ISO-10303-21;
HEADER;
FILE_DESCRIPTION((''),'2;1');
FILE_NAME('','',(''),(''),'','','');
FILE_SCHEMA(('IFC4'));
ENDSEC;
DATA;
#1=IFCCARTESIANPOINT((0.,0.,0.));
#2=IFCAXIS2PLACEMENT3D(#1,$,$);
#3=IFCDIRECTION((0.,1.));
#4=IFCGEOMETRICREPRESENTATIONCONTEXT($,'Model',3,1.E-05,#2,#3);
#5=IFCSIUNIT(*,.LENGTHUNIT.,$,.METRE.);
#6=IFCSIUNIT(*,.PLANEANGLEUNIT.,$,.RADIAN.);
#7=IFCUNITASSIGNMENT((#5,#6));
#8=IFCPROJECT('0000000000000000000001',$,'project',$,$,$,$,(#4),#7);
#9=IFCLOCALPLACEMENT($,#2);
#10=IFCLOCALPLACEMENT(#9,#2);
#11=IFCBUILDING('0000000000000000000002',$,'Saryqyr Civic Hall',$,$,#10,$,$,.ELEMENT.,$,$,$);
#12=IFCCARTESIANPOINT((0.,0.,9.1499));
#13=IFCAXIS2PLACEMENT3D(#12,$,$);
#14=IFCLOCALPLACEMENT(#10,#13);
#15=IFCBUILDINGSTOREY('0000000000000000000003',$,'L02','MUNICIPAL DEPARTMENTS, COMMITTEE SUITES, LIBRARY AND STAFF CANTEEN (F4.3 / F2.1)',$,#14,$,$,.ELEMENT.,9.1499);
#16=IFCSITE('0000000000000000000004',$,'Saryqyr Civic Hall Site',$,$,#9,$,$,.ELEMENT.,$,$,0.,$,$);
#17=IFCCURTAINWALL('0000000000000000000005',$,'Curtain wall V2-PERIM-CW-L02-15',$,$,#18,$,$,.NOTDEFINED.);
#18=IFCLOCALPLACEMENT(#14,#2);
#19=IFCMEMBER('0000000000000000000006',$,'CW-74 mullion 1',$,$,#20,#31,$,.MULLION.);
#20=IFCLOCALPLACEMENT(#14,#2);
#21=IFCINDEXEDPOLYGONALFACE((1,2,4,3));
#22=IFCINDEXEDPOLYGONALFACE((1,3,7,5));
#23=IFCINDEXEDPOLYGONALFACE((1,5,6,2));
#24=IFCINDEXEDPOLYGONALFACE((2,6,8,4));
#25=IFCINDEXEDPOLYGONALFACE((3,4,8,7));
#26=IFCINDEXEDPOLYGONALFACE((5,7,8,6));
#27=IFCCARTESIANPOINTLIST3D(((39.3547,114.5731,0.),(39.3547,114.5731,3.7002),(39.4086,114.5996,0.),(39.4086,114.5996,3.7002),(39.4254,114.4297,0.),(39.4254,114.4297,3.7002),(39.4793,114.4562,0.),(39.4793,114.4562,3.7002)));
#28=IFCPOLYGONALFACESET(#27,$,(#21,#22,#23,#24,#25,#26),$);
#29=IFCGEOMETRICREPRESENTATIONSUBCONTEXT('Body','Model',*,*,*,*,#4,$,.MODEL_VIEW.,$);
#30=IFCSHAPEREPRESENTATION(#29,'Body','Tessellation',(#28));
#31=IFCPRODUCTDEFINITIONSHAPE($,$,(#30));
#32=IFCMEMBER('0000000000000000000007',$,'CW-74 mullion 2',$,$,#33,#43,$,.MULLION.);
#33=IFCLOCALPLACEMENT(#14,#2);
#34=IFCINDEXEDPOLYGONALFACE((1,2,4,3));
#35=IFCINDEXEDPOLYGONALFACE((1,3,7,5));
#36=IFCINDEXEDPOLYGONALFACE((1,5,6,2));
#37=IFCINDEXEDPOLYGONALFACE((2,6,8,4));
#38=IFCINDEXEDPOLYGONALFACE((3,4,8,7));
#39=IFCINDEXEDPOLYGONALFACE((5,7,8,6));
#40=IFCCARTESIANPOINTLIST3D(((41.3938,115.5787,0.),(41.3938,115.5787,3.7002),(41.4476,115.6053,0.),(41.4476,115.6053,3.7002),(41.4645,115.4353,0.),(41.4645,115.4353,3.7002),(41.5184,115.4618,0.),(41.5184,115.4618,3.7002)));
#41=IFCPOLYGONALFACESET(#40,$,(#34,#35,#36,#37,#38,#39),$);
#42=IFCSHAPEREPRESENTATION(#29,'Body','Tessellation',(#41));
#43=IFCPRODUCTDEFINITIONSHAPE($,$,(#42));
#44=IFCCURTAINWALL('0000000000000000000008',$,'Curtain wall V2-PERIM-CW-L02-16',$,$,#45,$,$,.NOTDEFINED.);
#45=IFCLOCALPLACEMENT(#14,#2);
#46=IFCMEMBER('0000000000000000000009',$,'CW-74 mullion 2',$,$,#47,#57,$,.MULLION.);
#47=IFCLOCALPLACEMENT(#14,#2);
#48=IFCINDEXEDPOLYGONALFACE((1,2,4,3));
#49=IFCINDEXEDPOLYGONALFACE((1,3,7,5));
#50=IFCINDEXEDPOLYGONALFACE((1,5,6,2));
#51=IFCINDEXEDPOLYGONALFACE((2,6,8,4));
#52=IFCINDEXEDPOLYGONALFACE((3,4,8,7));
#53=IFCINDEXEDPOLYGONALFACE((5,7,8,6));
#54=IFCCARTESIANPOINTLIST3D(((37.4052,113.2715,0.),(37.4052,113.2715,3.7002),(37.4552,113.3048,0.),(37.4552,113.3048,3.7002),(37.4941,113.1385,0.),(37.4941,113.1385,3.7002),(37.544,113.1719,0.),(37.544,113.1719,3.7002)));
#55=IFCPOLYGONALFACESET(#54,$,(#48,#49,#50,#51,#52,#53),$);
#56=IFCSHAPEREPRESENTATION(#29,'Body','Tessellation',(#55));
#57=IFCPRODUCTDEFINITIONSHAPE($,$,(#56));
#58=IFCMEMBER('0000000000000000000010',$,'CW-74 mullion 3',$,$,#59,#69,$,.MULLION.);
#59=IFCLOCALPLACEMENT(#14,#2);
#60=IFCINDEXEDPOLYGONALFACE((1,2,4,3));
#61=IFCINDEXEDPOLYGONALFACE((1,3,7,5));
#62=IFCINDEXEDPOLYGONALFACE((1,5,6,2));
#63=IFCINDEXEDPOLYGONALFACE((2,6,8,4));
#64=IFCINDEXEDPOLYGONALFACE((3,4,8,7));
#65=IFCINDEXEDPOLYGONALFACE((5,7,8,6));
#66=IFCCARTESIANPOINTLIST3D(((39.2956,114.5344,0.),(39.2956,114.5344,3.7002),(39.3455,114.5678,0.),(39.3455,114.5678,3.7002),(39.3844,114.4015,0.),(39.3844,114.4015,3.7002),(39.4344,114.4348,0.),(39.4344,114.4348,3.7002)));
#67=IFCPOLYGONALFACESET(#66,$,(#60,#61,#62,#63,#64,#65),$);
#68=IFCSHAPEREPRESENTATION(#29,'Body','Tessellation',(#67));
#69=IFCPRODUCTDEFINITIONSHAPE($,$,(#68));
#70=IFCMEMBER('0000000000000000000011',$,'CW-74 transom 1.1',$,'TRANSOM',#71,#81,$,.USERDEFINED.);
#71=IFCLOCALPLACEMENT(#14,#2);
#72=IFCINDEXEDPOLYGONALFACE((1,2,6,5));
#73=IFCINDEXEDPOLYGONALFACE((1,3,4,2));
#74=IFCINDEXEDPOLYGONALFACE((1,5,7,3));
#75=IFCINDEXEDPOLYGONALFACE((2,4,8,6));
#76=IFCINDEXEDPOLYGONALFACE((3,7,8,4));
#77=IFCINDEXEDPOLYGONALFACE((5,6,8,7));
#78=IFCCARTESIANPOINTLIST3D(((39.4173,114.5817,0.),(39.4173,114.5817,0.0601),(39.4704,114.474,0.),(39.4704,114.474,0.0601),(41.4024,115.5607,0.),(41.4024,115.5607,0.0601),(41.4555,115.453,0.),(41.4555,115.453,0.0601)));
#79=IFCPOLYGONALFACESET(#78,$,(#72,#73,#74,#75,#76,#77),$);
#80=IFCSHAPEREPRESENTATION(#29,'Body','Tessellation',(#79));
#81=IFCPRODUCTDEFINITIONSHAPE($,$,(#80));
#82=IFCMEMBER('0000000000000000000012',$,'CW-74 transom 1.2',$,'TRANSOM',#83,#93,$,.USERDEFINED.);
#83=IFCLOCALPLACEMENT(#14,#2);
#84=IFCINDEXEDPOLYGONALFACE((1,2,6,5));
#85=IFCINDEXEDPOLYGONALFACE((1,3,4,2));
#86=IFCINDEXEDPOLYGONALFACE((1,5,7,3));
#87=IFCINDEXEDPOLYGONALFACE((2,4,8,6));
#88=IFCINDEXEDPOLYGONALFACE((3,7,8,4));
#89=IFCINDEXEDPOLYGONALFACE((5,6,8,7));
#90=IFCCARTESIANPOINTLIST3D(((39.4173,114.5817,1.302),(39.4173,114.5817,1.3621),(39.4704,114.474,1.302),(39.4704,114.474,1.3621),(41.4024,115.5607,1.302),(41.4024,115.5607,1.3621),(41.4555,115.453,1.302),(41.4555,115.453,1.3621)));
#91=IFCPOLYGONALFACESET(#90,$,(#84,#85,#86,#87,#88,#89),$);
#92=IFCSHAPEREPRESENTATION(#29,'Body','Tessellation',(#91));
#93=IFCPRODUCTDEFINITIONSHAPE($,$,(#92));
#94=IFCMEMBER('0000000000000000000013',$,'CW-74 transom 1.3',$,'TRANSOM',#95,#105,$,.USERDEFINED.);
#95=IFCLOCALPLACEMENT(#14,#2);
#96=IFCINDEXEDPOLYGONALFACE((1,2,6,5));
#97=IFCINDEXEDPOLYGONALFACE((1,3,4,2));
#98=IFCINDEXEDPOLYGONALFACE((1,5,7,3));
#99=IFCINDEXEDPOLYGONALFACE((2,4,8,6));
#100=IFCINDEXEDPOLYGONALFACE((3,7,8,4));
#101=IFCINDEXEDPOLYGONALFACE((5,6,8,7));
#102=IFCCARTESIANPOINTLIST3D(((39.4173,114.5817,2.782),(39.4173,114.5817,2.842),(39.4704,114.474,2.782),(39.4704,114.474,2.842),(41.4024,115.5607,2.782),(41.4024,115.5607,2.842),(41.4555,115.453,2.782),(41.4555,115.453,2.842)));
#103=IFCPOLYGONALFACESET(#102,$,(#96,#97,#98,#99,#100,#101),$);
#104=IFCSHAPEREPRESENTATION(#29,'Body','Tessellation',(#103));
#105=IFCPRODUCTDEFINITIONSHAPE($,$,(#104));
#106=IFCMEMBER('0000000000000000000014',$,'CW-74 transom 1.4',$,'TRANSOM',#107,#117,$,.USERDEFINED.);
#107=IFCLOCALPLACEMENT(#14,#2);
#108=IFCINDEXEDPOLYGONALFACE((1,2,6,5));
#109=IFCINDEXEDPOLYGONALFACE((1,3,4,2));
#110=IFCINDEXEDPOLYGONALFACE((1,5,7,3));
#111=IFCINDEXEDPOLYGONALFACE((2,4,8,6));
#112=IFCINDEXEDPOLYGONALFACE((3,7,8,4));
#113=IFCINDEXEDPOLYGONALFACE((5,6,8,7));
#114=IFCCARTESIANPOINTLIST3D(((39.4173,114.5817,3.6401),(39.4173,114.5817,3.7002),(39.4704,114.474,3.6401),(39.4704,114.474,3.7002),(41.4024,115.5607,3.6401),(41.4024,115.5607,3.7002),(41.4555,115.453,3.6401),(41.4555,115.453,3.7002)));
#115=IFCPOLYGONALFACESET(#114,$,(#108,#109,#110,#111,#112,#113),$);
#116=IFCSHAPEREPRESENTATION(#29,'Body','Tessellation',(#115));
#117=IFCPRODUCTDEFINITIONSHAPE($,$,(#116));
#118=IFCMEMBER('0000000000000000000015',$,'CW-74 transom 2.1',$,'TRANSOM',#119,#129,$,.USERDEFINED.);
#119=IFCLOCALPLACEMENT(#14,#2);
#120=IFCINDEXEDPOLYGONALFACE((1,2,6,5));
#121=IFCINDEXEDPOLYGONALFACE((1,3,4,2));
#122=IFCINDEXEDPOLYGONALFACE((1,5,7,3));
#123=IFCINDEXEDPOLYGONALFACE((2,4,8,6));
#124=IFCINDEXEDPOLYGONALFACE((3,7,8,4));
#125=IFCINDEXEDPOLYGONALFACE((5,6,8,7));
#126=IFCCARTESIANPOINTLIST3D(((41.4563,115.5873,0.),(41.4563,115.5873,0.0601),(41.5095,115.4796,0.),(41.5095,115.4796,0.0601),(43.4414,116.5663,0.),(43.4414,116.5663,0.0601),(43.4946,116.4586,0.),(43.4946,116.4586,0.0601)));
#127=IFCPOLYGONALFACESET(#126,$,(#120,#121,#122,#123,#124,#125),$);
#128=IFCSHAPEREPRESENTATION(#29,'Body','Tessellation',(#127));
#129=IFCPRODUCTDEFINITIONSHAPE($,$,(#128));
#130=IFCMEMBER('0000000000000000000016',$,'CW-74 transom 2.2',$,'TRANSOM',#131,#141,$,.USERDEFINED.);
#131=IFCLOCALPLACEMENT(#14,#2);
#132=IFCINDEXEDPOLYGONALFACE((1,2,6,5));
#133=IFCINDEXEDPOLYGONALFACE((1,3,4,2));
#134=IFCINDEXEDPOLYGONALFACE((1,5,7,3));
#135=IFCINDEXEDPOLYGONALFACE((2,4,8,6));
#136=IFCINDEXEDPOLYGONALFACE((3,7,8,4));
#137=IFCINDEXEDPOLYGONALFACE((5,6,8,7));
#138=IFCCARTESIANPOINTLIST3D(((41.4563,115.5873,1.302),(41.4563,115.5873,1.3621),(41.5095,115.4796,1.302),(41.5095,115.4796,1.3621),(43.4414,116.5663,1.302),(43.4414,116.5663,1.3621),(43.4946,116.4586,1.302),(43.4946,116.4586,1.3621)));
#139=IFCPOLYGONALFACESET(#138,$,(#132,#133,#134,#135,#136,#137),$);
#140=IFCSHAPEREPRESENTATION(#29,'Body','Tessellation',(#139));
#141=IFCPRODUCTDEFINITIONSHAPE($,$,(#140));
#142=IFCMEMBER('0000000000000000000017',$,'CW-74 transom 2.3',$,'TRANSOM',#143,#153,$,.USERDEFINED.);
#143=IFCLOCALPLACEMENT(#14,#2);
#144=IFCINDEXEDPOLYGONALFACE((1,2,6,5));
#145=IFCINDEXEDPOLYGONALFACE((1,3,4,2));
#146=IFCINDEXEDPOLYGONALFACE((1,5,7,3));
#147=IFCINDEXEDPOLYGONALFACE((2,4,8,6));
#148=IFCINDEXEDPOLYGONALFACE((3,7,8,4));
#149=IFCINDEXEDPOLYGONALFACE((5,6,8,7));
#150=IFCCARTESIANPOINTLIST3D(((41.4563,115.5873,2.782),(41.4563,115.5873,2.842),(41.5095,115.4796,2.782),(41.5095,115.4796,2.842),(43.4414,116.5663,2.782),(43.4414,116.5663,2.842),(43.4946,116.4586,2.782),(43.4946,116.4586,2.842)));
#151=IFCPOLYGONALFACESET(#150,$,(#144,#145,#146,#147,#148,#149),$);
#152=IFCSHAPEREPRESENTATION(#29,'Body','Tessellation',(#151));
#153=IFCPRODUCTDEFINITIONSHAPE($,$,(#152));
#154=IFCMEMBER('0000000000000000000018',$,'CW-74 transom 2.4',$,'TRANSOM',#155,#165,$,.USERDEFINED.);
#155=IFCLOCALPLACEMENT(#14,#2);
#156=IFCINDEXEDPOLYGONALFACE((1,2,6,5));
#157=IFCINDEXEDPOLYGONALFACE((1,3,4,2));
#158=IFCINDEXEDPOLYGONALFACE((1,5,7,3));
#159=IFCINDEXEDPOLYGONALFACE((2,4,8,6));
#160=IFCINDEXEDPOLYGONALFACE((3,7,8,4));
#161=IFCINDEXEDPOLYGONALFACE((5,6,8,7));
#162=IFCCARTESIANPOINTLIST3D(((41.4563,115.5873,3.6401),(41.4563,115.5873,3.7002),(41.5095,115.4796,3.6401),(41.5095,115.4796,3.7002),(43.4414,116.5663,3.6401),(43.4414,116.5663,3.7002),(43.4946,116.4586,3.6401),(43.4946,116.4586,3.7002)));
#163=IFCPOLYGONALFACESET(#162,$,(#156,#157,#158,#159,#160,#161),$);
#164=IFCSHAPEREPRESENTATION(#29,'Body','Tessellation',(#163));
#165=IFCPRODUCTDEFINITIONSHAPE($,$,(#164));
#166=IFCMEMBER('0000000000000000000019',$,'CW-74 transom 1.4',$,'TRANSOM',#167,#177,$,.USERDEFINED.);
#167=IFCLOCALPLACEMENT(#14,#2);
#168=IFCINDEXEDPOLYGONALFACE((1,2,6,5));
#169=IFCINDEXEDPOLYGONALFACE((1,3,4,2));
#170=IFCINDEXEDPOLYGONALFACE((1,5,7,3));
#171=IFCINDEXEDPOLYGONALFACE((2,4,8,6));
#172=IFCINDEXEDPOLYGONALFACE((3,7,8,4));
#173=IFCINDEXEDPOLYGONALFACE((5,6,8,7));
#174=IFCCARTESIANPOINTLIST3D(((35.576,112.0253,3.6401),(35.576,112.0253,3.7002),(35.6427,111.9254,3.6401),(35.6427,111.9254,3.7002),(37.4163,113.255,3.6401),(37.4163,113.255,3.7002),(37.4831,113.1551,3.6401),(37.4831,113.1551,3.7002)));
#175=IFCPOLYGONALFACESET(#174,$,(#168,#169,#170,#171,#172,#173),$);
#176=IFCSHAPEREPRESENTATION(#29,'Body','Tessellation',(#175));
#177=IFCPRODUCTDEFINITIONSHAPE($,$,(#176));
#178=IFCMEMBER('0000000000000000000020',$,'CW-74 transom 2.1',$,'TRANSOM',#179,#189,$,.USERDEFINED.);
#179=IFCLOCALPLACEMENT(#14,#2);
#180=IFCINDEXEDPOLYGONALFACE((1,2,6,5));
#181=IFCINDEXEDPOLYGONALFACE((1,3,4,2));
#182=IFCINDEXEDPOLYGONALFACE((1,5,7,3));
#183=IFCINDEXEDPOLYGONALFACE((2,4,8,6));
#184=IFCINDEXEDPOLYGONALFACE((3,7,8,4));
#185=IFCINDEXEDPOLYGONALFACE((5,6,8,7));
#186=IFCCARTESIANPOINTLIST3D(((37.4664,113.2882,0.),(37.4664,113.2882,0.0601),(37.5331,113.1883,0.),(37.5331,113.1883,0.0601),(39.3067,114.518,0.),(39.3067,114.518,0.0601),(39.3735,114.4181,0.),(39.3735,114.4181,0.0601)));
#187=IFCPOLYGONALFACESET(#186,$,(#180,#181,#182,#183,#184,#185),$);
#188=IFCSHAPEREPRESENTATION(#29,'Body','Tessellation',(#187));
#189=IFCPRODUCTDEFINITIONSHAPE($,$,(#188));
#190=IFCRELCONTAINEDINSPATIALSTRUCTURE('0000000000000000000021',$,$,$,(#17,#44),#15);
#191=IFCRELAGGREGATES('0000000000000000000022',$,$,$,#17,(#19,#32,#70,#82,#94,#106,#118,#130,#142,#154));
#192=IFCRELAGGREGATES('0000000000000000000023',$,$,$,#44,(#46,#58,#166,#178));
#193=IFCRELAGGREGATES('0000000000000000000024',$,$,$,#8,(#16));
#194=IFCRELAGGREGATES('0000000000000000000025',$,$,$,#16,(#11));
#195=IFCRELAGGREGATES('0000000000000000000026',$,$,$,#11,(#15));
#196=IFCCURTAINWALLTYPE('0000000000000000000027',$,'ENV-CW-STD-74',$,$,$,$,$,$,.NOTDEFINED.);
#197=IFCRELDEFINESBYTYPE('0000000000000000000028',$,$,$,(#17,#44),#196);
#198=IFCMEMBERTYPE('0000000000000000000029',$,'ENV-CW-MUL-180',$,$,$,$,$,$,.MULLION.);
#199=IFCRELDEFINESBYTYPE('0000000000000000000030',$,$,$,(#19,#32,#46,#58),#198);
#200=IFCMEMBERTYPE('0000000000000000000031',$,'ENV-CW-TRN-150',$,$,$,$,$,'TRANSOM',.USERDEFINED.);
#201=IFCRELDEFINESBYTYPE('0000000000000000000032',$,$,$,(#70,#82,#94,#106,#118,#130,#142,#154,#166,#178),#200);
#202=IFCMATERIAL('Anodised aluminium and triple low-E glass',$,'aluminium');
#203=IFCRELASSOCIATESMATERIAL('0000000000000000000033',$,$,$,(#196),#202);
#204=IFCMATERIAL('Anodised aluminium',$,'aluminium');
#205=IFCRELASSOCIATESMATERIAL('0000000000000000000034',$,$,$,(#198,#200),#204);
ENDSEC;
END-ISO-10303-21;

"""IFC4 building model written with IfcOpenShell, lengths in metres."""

from ifc_helpers import new_model, si_unit, direction, frame, origin, origin_2d, place, context, subcontext, project, spatial, rectangle, extrude, material, material_profile, profile_set, type_object, element, aggregate, save


model = new_model("IFC4")

# Units and contexts
model_context = context("Model", 3, precision=1e-05, world=origin(), true_north=direction((0.0, 1.0)))
body_context = subcontext(model_context, "Body", "Model", "MODEL_VIEW")
ifc_project = project(units=[si_unit("LENGTHUNIT", "METRE"), si_unit("PLANEANGLEUNIT", "RADIAN")], contexts=[model_context])

# Site, building, storey
site_placement = place(None, origin())
site = spatial("IfcSite", under=ifc_project, at=site_placement, Name="Saryqyr Civic Hall Site", CompositionType="ELEMENT", RefElevation=0.0)
building_placement = place(site_placement, origin())
building = spatial("IfcBuilding", under=site, at=building_placement, Name="Saryqyr Civic Hall", CompositionType="ELEMENT")
storey_placement = place(building_placement, frame((0.0, 0.0, 9.1499)))
storey = spatial("IfcBuildingStorey", under=building, at=storey_placement, Name="L02", Description="MUNICIPAL DEPARTMENTS, COMMITTEE SUITES, LIBRARY AND STAFF CANTEEN (F4.3 / F2.1)", CompositionType="ELEMENT", Elevation=9.1499)

# Curtain walls, members
ifc_material_1 = material(Name="Anodised aluminium and triple low-E glass", Category="aluminium")
curtain_wall_type = type_object("IfcCurtainWallType", Name="ENV-CW-STD-74", PredefinedType="NOTDEFINED", material=ifc_material_1)
curtain_wall_1_placement = place(storey_placement, origin())
curtain_wall_1 = element("IfcCurtainWall", 1, at=curtain_wall_1_placement, inside=storey, type_object=curtain_wall_type, Name="Curtain wall V2-PERIM-CW-L02-15", PredefinedType="NOTDEFINED")
ifc_material_2 = material(Name="Anodised aluminium", Category="aluminium")
ifc_material_profile_1 = material_profile(ifc_material_2, rectangle(XDim=0.0601, YDim=0.1599, at=origin_2d()), Name="ALU MULLION 60x160")
ifc_profile_set_1 = profile_set([ifc_material_profile_1], Name="Anodised aluminium")
member_type_1 = type_object("IfcMemberType", Name="ENV-CW-MUL-180", PredefinedType="MULLION", material=ifc_profile_set_1)
member_1_placement = place(storey_placement, frame((39.417, 114.5146, 0.0), z_axis=(0.0, 0.0, 1.0), x_axis=(0.896875, 0.442284, 0.0)))
member_1 = element("IfcMember", 2, at=member_1_placement, type_object=member_type_1, Name="CW-74 mullion 1", PredefinedType="MULLION", context=body_context, shape_type="SweptSolid", body=[
    extrude(rectangle(XDim=0.0601, YDim=0.1599, at=origin_2d()), origin(), (0.0, 0.0, 1.0), 3.7002),
])
member_2_placement = place(storey_placement, frame((41.4561, 115.5203, 0.0), z_axis=(0.0, 0.0, 1.0), x_axis=(0.896875, 0.442284, 0.0)))
member_2 = element("IfcMember", 3, at=member_2_placement, type_object=member_type_1, Name="CW-74 mullion 2", PredefinedType="MULLION", context=body_context, shape_type="SweptSolid", body=[
    extrude(rectangle(XDim=0.0601, YDim=0.1599, at=origin_2d()), origin(), (0.0, 0.0, 1.0), 3.7002),
])
curtain_wall_2_placement = place(storey_placement, origin())
curtain_wall_2 = element("IfcCurtainWall", 4, at=curtain_wall_2_placement, inside=storey, type_object=curtain_wall_type, Name="Curtain wall V2-PERIM-CW-L02-16", PredefinedType="NOTDEFINED")
member_3_placement = place(storey_placement, frame((37.4746, 113.2217, 0.0), z_axis=(0.0, 0.0, 1.0), x_axis=(0.831472, 0.555566, 0.0)))
member_3 = element("IfcMember", 5, at=member_3_placement, type_object=member_type_1, Name="CW-74 mullion 2", PredefinedType="MULLION", context=body_context, shape_type="SweptSolid", body=[
    extrude(rectangle(XDim=0.0601, YDim=0.1599, at=origin_2d()), origin(), (0.0, 0.0, 1.0), 3.7002),
])
member_4_placement = place(storey_placement, frame((39.365, 114.4846, 0.0), z_axis=(0.0, 0.0, 1.0), x_axis=(0.831472, 0.555566, 0.0)))
member_4 = element("IfcMember", 6, at=member_4_placement, type_object=member_type_1, Name="CW-74 mullion 3", PredefinedType="MULLION", context=body_context, shape_type="SweptSolid", body=[
    extrude(rectangle(XDim=0.0601, YDim=0.1599, at=origin_2d()), origin(), (0.0, 0.0, 1.0), 3.7002),
])

# Members
ifc_material_profile_2 = material_profile(ifc_material_2, rectangle(XDim=0.1201, YDim=0.0601, at=origin_2d()), Name="ALU TRANSOM 120x60")
ifc_profile_set_2 = profile_set([ifc_material_profile_2], Name="Anodised aluminium")
member_type_2 = type_object("IfcMemberType", Name="ENV-CW-TRN-150", ElementType="TRANSOM", PredefinedType="USERDEFINED", material=ifc_profile_set_2)
member_5_placement = place(storey_placement, frame((39.4438, 114.5278, 0.03), z_axis=(0.896862, 0.442309, 0.0), x_axis=(-0.442309, 0.896862, 0.0)))
member_5 = element("IfcMember", 7, at=member_5_placement, type_object=member_type_2, Name="CW-74 transom 1.1", ObjectType="TRANSOM", PredefinedType="USERDEFINED", context=body_context, shape_type="SweptSolid", body=[
    extrude(rectangle(XDim=0.1201, YDim=0.0601, at=origin_2d()), origin(), (0.0, 0.0, 1.0), 2.2134),
])
member_6_placement = place(storey_placement, frame((39.4438, 114.5278, 1.332), z_axis=(0.896862, 0.442309, 0.0), x_axis=(-0.442309, 0.896862, 0.0)))
member_6 = element("IfcMember", 8, at=member_6_placement, type_object=member_type_2, Name="CW-74 transom 1.2", ObjectType="TRANSOM", PredefinedType="USERDEFINED", context=body_context, shape_type="SweptSolid", body=[
    extrude(rectangle(XDim=0.1201, YDim=0.0601, at=origin_2d()), origin(), (0.0, 0.0, 1.0), 2.2134),
])
member_7_placement = place(storey_placement, frame((39.4438, 114.5278, 2.812), z_axis=(0.896862, 0.442309, 0.0), x_axis=(-0.442309, 0.896862, 0.0)))
member_7 = element("IfcMember", 9, at=member_7_placement, type_object=member_type_2, Name="CW-74 transom 1.3", ObjectType="TRANSOM", PredefinedType="USERDEFINED", context=body_context, shape_type="SweptSolid", body=[
    extrude(rectangle(XDim=0.1201, YDim=0.0601, at=origin_2d()), origin(), (0.0, 0.0, 1.0), 2.2134),
])
member_8_placement = place(storey_placement, frame((39.4438, 114.5278, 3.6702), z_axis=(0.896862, 0.442309, 0.0), x_axis=(-0.442309, 0.896862, 0.0)))
member_8 = element("IfcMember", 10, at=member_8_placement, type_object=member_type_2, Name="CW-74 transom 1.4", ObjectType="TRANSOM", PredefinedType="USERDEFINED", context=body_context, shape_type="SweptSolid", body=[
    extrude(rectangle(XDim=0.1201, YDim=0.0601, at=origin_2d()), origin(), (0.0, 0.0, 1.0), 2.2134),
])
member_9_placement = place(storey_placement, frame((41.4829, 115.5334, 0.03), z_axis=(0.896862, 0.442309, 0.0), x_axis=(-0.442309, 0.896862, 0.0)))
member_9 = element("IfcMember", 11, at=member_9_placement, type_object=member_type_2, Name="CW-74 transom 2.1", ObjectType="TRANSOM", PredefinedType="USERDEFINED", context=body_context, shape_type="SweptSolid", body=[
    extrude(rectangle(XDim=0.1201, YDim=0.0601, at=origin_2d()), origin(), (0.0, 0.0, 1.0), 2.2134),
])
member_10_placement = place(storey_placement, frame((41.4829, 115.5334, 1.332), z_axis=(0.896862, 0.442309, 0.0), x_axis=(-0.442309, 0.896862, 0.0)))
member_10 = element("IfcMember", 12, at=member_10_placement, type_object=member_type_2, Name="CW-74 transom 2.2", ObjectType="TRANSOM", PredefinedType="USERDEFINED", context=body_context, shape_type="SweptSolid", body=[
    extrude(rectangle(XDim=0.1201, YDim=0.0601, at=origin_2d()), origin(), (0.0, 0.0, 1.0), 2.2134),
])
member_11_placement = place(storey_placement, frame((41.4829, 115.5334, 2.812), z_axis=(0.896862, 0.442309, 0.0), x_axis=(-0.442309, 0.896862, 0.0)))
member_11 = element("IfcMember", 13, at=member_11_placement, type_object=member_type_2, Name="CW-74 transom 2.3", ObjectType="TRANSOM", PredefinedType="USERDEFINED", context=body_context, shape_type="SweptSolid", body=[
    extrude(rectangle(XDim=0.1201, YDim=0.0601, at=origin_2d()), origin(), (0.0, 0.0, 1.0), 2.2134),
])
member_12_placement = place(storey_placement, frame((41.4829, 115.5334, 3.6702), z_axis=(0.896862, 0.442309, 0.0), x_axis=(-0.442309, 0.896862, 0.0)))
member_12 = element("IfcMember", 14, at=member_12_placement, type_object=member_type_2, Name="CW-74 transom 2.4", ObjectType="TRANSOM", PredefinedType="USERDEFINED", context=body_context, shape_type="SweptSolid", body=[
    extrude(rectangle(XDim=0.1201, YDim=0.0601, at=origin_2d()), origin(), (0.0, 0.0, 1.0), 2.2134),
])
member_13_placement = place(storey_placement, frame((35.6094, 111.9753, 3.6702), z_axis=(0.831456, 0.555591, 0.0), x_axis=(-0.555591, 0.831456, 0.0)))
member_13 = element("IfcMember", 15, at=member_13_placement, type_object=member_type_2, Name="CW-74 transom 1.4", ObjectType="TRANSOM", PredefinedType="USERDEFINED", context=body_context, shape_type="SweptSolid", body=[
    extrude(rectangle(XDim=0.1201, YDim=0.0601, at=origin_2d()), origin(), (0.0, 0.0, 1.0), 2.2134),
])
member_14_placement = place(storey_placement, frame((37.4998, 113.2383, 0.03), z_axis=(0.831456, 0.555591, 0.0), x_axis=(-0.555591, 0.831456, 0.0)))
member_14 = element("IfcMember", 16, at=member_14_placement, type_object=member_type_2, Name="CW-74 transom 2.1", ObjectType="TRANSOM", PredefinedType="USERDEFINED", context=body_context, shape_type="SweptSolid", body=[
    extrude(rectangle(XDim=0.1201, YDim=0.0601, at=origin_2d()), origin(), (0.0, 0.0, 1.0), 2.2134),
])

aggregate(curtain_wall_1, [member_1, member_2, member_5, member_6, member_7, member_8, member_9, member_10, member_11, member_12])
aggregate(curtain_wall_2, [member_3, member_4, member_13, member_14])

save(model, "model.ifc")
